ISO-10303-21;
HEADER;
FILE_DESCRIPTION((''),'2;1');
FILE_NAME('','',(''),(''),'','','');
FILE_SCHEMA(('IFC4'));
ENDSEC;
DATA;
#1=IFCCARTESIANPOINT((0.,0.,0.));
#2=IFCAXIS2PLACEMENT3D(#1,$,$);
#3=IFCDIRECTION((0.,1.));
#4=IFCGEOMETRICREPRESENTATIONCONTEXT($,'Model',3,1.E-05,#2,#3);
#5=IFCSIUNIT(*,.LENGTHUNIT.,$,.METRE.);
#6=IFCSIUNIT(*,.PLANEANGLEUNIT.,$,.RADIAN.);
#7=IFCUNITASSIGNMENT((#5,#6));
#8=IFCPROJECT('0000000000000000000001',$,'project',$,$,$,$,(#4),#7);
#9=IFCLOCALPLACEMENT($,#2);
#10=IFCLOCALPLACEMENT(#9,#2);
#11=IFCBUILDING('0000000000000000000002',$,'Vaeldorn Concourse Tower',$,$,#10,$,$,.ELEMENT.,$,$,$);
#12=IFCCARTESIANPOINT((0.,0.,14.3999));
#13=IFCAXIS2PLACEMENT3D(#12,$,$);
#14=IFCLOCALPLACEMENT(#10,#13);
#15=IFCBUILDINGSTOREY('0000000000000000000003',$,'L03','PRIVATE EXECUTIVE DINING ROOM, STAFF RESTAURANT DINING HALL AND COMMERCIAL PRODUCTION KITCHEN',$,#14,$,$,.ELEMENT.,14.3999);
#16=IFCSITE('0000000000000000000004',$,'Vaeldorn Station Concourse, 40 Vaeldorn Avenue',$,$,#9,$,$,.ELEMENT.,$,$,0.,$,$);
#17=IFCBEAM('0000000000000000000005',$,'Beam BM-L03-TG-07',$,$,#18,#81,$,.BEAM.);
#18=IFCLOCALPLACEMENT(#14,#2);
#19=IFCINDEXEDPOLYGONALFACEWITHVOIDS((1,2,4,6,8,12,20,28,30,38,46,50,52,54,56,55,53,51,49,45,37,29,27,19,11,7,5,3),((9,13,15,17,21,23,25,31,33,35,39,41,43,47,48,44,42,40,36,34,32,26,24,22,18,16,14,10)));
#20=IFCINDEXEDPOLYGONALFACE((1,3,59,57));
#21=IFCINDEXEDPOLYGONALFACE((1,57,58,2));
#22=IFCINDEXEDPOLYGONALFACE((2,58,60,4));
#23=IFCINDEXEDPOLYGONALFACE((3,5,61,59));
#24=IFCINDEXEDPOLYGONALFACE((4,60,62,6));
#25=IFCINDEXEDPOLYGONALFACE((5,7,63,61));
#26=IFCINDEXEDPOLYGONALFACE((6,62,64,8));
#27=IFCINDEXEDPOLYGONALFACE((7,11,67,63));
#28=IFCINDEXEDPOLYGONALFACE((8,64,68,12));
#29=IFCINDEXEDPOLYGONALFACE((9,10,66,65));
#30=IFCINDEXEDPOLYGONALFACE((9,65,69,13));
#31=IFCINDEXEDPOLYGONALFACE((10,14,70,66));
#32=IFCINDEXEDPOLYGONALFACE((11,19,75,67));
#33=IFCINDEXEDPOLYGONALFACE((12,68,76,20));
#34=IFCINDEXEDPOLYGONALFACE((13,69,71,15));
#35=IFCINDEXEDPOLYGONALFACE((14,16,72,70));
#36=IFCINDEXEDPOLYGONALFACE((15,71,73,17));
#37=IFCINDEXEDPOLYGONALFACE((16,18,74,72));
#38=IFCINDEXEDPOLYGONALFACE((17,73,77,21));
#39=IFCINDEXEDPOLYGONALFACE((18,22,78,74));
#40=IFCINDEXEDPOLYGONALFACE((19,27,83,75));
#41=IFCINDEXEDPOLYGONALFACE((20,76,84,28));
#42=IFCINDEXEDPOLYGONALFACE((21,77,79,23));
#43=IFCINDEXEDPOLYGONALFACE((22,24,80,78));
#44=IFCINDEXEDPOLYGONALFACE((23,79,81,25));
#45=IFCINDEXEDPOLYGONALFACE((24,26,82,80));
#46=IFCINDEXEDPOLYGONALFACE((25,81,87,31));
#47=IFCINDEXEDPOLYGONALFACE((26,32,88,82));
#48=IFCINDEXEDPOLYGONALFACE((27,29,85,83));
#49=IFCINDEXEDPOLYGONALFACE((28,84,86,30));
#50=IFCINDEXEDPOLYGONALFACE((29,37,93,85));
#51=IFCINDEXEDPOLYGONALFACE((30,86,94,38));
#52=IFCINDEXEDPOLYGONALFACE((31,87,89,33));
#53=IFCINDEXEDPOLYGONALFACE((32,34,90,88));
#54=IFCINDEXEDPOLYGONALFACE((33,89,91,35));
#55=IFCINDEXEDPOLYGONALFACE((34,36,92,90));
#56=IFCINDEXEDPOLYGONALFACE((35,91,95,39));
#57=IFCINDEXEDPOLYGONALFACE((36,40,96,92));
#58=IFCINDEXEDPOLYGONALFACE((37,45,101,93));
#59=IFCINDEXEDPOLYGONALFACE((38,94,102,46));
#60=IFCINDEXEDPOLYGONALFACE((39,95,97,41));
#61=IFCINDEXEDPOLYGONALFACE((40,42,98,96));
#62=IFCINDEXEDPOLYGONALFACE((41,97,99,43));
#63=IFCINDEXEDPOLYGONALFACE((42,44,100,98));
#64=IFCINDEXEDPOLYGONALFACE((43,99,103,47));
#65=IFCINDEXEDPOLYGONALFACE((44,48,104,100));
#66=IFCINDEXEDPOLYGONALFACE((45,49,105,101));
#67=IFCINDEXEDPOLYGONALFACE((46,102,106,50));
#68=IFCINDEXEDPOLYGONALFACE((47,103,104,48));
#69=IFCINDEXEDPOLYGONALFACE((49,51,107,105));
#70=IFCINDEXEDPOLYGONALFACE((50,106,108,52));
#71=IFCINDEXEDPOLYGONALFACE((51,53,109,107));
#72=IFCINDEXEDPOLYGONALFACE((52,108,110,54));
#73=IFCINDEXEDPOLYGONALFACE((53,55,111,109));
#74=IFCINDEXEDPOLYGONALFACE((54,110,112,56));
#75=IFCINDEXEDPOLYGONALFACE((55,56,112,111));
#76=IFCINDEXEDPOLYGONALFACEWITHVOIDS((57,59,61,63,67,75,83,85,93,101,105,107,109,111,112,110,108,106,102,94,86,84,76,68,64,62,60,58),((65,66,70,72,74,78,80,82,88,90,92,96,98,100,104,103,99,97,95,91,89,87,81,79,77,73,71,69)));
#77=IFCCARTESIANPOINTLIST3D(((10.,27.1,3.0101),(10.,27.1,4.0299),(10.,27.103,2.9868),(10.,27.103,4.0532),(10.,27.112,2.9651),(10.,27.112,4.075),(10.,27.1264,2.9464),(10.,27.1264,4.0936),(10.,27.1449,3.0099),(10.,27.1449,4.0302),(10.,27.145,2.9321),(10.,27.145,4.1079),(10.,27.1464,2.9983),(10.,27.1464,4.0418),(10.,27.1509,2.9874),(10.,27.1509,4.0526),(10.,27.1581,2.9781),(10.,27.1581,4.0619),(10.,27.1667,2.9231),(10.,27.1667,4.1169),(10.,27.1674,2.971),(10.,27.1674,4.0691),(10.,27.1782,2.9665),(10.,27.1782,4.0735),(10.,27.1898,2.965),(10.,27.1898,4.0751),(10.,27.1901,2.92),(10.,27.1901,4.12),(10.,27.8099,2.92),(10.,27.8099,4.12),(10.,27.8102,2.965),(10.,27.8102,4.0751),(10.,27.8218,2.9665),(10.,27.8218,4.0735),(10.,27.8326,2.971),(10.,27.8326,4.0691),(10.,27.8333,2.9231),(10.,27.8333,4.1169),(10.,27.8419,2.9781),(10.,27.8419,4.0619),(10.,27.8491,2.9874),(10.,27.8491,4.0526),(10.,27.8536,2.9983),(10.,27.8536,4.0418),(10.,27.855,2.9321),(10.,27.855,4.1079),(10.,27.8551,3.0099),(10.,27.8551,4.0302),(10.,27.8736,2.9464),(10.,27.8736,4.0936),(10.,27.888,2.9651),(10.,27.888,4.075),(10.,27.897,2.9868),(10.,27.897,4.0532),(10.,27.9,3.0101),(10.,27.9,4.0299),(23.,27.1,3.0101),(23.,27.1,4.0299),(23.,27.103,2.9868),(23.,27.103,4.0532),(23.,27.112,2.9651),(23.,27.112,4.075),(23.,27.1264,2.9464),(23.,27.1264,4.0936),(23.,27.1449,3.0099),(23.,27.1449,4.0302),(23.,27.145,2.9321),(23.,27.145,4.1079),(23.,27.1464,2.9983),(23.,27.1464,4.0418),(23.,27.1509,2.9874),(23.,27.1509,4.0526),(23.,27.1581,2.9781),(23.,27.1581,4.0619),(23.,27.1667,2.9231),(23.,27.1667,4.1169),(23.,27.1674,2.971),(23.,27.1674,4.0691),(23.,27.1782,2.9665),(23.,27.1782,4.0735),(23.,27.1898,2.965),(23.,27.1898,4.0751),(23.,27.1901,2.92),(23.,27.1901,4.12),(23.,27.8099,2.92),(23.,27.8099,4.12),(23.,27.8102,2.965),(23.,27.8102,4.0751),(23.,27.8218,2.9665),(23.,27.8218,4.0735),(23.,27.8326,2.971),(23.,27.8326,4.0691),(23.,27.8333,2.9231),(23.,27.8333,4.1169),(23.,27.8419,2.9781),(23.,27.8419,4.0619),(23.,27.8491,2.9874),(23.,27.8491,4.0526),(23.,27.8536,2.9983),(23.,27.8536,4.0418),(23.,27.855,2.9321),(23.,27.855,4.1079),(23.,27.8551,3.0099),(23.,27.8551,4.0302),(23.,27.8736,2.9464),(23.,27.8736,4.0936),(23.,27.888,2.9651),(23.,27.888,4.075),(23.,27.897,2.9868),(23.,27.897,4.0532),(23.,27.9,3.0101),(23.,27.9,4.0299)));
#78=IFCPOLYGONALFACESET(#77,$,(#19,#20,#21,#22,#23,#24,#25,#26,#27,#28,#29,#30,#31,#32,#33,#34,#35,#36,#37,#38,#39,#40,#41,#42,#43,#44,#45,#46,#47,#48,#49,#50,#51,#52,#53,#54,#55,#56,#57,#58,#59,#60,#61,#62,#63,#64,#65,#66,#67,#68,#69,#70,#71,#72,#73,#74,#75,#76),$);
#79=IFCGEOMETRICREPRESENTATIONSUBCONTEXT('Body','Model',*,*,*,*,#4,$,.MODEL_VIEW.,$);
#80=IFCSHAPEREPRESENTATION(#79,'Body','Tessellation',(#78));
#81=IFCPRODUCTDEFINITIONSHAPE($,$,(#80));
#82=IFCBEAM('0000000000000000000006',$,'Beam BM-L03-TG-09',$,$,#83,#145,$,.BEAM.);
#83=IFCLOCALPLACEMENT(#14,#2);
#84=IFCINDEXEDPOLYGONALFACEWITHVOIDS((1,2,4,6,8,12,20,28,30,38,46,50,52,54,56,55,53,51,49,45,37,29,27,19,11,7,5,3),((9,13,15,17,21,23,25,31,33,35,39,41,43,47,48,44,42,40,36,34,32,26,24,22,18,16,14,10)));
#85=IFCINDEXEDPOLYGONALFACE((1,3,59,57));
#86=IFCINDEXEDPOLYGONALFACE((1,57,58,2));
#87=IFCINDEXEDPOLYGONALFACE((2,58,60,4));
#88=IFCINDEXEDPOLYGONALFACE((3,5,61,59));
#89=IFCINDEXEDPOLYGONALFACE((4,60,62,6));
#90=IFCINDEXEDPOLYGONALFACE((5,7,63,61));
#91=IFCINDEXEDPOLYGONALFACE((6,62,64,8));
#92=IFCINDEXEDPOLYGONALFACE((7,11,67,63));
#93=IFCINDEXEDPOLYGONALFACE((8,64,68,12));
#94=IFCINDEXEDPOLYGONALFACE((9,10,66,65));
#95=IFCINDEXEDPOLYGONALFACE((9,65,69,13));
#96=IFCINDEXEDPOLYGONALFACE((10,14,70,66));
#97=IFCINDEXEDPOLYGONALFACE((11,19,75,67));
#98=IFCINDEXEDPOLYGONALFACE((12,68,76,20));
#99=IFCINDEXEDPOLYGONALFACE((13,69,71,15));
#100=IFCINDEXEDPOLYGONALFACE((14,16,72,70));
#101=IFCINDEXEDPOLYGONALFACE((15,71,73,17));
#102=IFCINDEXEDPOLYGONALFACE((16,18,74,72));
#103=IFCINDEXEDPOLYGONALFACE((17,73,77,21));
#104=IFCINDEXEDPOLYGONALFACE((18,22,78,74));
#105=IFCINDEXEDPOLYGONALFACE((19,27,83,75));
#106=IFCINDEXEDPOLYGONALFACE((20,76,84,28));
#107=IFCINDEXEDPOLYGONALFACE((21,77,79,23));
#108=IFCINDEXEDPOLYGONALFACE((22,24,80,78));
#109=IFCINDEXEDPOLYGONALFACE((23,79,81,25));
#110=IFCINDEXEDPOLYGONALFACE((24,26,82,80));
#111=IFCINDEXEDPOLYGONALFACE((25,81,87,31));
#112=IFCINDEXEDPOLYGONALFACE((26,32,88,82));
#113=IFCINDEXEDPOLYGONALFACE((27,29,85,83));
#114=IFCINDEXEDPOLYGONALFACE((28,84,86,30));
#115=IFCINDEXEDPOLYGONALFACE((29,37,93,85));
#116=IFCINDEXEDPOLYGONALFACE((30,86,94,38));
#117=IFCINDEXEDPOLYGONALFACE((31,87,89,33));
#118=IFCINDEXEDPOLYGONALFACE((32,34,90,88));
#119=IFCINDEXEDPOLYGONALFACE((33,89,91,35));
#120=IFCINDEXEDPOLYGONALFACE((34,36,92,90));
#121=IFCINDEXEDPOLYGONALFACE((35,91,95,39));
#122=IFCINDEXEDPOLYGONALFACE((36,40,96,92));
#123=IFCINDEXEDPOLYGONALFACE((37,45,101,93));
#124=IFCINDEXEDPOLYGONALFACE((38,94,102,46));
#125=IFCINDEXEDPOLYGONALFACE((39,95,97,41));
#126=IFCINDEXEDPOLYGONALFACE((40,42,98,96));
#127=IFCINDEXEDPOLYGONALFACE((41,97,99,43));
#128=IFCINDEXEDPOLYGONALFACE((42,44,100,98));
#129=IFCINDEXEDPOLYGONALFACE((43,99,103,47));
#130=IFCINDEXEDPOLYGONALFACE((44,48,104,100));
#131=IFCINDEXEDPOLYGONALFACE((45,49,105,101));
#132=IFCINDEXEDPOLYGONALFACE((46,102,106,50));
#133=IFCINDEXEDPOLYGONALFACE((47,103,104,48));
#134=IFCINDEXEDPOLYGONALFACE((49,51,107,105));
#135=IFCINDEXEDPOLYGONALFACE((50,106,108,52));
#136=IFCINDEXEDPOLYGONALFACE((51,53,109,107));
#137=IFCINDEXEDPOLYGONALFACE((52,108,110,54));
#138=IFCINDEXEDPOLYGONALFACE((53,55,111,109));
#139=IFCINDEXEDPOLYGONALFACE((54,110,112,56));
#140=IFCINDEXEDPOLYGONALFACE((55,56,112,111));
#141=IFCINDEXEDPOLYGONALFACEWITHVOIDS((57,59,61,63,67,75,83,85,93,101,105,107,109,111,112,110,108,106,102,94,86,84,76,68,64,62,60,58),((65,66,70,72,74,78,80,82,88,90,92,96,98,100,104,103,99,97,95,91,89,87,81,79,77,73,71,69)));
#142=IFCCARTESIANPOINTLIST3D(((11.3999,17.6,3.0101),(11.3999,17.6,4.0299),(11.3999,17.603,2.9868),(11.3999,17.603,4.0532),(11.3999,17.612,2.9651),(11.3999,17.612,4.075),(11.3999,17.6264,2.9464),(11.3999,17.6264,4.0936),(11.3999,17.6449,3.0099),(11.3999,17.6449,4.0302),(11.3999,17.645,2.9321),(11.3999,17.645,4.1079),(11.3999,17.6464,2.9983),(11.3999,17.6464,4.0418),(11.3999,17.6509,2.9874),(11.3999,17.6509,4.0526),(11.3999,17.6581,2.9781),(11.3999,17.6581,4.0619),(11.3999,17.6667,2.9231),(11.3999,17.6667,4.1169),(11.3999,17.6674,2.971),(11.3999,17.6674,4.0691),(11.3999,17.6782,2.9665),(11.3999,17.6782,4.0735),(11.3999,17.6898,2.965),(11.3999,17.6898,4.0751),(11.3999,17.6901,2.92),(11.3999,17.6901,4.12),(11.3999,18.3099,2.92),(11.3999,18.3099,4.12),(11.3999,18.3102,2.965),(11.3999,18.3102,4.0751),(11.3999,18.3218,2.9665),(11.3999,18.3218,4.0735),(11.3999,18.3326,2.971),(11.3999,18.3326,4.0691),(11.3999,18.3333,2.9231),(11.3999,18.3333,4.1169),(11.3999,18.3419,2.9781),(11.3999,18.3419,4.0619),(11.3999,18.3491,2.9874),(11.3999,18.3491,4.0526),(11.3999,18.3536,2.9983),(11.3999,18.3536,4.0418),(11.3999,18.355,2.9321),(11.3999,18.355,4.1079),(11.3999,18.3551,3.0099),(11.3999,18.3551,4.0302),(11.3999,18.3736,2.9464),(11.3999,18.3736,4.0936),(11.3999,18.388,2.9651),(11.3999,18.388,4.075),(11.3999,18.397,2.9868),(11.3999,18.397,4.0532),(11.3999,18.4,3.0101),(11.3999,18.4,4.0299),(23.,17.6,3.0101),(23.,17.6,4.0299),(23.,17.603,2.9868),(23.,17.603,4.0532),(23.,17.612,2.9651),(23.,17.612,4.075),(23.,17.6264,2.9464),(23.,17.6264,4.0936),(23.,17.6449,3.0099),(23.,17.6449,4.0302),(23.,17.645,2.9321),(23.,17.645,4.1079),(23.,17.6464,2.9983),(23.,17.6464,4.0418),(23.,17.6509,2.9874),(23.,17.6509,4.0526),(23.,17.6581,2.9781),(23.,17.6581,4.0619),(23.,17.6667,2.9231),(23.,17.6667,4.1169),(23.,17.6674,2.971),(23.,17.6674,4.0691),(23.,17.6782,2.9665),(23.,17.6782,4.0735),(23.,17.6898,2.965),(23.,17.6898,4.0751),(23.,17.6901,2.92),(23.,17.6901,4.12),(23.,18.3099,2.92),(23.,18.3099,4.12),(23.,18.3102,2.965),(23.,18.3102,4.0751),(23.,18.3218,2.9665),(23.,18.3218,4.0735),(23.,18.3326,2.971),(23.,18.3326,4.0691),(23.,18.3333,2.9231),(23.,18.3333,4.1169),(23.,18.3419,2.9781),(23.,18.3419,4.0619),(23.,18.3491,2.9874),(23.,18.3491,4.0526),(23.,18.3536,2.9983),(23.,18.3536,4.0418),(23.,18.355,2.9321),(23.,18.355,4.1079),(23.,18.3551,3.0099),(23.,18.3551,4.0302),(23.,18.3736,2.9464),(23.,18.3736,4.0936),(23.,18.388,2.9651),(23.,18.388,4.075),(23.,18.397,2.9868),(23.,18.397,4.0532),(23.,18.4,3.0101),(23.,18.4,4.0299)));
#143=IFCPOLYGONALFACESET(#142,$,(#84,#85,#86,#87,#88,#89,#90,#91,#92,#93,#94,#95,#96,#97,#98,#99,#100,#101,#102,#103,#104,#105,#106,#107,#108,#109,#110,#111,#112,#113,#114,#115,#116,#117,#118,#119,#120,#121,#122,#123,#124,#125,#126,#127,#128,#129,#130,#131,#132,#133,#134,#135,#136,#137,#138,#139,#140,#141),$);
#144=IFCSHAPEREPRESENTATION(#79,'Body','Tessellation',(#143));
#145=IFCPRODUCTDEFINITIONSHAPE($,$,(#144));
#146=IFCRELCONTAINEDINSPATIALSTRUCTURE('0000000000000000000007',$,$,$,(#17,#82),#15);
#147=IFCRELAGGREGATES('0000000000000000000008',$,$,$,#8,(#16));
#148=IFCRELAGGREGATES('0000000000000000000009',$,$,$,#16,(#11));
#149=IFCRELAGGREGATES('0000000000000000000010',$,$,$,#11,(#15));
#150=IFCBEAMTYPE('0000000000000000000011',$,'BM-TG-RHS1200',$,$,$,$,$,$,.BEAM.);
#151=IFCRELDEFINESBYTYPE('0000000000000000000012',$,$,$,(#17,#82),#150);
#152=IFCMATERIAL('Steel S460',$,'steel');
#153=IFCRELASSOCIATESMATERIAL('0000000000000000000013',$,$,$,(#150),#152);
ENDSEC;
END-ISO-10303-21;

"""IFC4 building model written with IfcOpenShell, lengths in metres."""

from ifc_helpers import new_model, si_unit, direction, frame, origin, origin_2d, place, context, subcontext, project, spatial, hollow_rectangle, extrude, source, transform, mapped, material, material_profile, profile_set, type_object, element, save


model = new_model("IFC4")

# Units and contexts
model_context = context("Model", 3, precision=1e-05, world=origin(), true_north=direction((0.0, 1.0)))
body_context = subcontext(model_context, "Body", "Model", "MODEL_VIEW")
ifc_project = project(units=[si_unit("LENGTHUNIT", "METRE"), si_unit("PLANEANGLEUNIT", "RADIAN")], contexts=[model_context])

# Site, building, storey
site_placement = place(None, origin())
site = spatial("IfcSite", under=ifc_project, at=site_placement, Name="Vaeldorn Station Concourse, 40 Vaeldorn Avenue", CompositionType="ELEMENT", RefElevation=0.0)
building_placement = place(site_placement, origin())
building = spatial("IfcBuilding", under=site, at=building_placement, Name="Vaeldorn Concourse Tower", CompositionType="ELEMENT")
storey_placement = place(building_placement, frame((0.0, 0.0, 14.3999)))
storey = spatial("IfcBuildingStorey", under=building, at=storey_placement, Name="L03", Description="PRIVATE EXECUTIVE DINING ROOM, STAFF RESTAURANT DINING HALL AND COMMERCIAL PRODUCTION KITCHEN", CompositionType="ELEMENT", Elevation=14.3999)

# Shared definitions
ifc_material_1 = material(Name="Steel S460", Category="steel")

# Beams
ifc_material_profile_1 = material_profile(ifc_material_1, hollow_rectangle(XDim=0.8, YDim=1.2, WallThickness=0.0449, InnerFilletRadius=0.0449, OuterFilletRadius=0.0901, at=origin_2d()), Name="RHS 1200x800x45")
ifc_profile_set_1 = profile_set([ifc_material_profile_1], Name="Steel S460")
beam_type = type_object("IfcBeamType", Name="BM-TG-RHS1200", PredefinedType="BEAM", material=ifc_profile_set_1)
shared_shape_1 = source(origin(), body_context, "Body", "SweptSolid", [
    extrude(hollow_rectangle(XDim=0.8, YDim=1.2, WallThickness=0.0449, InnerFilletRadius=0.0449, OuterFilletRadius=0.0901, at=origin_2d()), origin(), (0.0, 0.0, 1.0), 13.0),
])
beam_1_placement = place(storey_placement, frame((10.0, 27.5, 3.52), z_axis=(1.0, 0.0, 0.0), x_axis=(0.0, 1.0, 0.0)))
element("IfcBeam", 1, at=beam_1_placement, inside=storey, type_object=beam_type, Name="Beam BM-L03-TG-07", PredefinedType="BEAM", context=body_context, shape_type="MappedRepresentation", body=[
    mapped(shared_shape_1, transform((0.0, 0.0, 0.0), scale=1.0)),
])
shared_shape_2 = source(origin(), body_context, "Body", "SweptSolid", [
    extrude(hollow_rectangle(XDim=0.8, YDim=1.2, WallThickness=0.0449, InnerFilletRadius=0.0449, OuterFilletRadius=0.0901, at=origin_2d()), origin(), (0.0, 0.0, 1.0), 11.6001),
])
beam_2_placement = place(storey_placement, frame((11.3999, 18.0, 3.52), z_axis=(1.0, 0.0, 0.0), x_axis=(0.0, 1.0, 0.0)))
element("IfcBeam", 2, at=beam_2_placement, inside=storey, type_object=beam_type, Name="Beam BM-L03-TG-09", PredefinedType="BEAM", context=body_context, shape_type="MappedRepresentation", body=[
    mapped(shared_shape_2, transform((0.0, 0.0, 0.0), scale=1.0)),
])

save(model, "model.ifc")
